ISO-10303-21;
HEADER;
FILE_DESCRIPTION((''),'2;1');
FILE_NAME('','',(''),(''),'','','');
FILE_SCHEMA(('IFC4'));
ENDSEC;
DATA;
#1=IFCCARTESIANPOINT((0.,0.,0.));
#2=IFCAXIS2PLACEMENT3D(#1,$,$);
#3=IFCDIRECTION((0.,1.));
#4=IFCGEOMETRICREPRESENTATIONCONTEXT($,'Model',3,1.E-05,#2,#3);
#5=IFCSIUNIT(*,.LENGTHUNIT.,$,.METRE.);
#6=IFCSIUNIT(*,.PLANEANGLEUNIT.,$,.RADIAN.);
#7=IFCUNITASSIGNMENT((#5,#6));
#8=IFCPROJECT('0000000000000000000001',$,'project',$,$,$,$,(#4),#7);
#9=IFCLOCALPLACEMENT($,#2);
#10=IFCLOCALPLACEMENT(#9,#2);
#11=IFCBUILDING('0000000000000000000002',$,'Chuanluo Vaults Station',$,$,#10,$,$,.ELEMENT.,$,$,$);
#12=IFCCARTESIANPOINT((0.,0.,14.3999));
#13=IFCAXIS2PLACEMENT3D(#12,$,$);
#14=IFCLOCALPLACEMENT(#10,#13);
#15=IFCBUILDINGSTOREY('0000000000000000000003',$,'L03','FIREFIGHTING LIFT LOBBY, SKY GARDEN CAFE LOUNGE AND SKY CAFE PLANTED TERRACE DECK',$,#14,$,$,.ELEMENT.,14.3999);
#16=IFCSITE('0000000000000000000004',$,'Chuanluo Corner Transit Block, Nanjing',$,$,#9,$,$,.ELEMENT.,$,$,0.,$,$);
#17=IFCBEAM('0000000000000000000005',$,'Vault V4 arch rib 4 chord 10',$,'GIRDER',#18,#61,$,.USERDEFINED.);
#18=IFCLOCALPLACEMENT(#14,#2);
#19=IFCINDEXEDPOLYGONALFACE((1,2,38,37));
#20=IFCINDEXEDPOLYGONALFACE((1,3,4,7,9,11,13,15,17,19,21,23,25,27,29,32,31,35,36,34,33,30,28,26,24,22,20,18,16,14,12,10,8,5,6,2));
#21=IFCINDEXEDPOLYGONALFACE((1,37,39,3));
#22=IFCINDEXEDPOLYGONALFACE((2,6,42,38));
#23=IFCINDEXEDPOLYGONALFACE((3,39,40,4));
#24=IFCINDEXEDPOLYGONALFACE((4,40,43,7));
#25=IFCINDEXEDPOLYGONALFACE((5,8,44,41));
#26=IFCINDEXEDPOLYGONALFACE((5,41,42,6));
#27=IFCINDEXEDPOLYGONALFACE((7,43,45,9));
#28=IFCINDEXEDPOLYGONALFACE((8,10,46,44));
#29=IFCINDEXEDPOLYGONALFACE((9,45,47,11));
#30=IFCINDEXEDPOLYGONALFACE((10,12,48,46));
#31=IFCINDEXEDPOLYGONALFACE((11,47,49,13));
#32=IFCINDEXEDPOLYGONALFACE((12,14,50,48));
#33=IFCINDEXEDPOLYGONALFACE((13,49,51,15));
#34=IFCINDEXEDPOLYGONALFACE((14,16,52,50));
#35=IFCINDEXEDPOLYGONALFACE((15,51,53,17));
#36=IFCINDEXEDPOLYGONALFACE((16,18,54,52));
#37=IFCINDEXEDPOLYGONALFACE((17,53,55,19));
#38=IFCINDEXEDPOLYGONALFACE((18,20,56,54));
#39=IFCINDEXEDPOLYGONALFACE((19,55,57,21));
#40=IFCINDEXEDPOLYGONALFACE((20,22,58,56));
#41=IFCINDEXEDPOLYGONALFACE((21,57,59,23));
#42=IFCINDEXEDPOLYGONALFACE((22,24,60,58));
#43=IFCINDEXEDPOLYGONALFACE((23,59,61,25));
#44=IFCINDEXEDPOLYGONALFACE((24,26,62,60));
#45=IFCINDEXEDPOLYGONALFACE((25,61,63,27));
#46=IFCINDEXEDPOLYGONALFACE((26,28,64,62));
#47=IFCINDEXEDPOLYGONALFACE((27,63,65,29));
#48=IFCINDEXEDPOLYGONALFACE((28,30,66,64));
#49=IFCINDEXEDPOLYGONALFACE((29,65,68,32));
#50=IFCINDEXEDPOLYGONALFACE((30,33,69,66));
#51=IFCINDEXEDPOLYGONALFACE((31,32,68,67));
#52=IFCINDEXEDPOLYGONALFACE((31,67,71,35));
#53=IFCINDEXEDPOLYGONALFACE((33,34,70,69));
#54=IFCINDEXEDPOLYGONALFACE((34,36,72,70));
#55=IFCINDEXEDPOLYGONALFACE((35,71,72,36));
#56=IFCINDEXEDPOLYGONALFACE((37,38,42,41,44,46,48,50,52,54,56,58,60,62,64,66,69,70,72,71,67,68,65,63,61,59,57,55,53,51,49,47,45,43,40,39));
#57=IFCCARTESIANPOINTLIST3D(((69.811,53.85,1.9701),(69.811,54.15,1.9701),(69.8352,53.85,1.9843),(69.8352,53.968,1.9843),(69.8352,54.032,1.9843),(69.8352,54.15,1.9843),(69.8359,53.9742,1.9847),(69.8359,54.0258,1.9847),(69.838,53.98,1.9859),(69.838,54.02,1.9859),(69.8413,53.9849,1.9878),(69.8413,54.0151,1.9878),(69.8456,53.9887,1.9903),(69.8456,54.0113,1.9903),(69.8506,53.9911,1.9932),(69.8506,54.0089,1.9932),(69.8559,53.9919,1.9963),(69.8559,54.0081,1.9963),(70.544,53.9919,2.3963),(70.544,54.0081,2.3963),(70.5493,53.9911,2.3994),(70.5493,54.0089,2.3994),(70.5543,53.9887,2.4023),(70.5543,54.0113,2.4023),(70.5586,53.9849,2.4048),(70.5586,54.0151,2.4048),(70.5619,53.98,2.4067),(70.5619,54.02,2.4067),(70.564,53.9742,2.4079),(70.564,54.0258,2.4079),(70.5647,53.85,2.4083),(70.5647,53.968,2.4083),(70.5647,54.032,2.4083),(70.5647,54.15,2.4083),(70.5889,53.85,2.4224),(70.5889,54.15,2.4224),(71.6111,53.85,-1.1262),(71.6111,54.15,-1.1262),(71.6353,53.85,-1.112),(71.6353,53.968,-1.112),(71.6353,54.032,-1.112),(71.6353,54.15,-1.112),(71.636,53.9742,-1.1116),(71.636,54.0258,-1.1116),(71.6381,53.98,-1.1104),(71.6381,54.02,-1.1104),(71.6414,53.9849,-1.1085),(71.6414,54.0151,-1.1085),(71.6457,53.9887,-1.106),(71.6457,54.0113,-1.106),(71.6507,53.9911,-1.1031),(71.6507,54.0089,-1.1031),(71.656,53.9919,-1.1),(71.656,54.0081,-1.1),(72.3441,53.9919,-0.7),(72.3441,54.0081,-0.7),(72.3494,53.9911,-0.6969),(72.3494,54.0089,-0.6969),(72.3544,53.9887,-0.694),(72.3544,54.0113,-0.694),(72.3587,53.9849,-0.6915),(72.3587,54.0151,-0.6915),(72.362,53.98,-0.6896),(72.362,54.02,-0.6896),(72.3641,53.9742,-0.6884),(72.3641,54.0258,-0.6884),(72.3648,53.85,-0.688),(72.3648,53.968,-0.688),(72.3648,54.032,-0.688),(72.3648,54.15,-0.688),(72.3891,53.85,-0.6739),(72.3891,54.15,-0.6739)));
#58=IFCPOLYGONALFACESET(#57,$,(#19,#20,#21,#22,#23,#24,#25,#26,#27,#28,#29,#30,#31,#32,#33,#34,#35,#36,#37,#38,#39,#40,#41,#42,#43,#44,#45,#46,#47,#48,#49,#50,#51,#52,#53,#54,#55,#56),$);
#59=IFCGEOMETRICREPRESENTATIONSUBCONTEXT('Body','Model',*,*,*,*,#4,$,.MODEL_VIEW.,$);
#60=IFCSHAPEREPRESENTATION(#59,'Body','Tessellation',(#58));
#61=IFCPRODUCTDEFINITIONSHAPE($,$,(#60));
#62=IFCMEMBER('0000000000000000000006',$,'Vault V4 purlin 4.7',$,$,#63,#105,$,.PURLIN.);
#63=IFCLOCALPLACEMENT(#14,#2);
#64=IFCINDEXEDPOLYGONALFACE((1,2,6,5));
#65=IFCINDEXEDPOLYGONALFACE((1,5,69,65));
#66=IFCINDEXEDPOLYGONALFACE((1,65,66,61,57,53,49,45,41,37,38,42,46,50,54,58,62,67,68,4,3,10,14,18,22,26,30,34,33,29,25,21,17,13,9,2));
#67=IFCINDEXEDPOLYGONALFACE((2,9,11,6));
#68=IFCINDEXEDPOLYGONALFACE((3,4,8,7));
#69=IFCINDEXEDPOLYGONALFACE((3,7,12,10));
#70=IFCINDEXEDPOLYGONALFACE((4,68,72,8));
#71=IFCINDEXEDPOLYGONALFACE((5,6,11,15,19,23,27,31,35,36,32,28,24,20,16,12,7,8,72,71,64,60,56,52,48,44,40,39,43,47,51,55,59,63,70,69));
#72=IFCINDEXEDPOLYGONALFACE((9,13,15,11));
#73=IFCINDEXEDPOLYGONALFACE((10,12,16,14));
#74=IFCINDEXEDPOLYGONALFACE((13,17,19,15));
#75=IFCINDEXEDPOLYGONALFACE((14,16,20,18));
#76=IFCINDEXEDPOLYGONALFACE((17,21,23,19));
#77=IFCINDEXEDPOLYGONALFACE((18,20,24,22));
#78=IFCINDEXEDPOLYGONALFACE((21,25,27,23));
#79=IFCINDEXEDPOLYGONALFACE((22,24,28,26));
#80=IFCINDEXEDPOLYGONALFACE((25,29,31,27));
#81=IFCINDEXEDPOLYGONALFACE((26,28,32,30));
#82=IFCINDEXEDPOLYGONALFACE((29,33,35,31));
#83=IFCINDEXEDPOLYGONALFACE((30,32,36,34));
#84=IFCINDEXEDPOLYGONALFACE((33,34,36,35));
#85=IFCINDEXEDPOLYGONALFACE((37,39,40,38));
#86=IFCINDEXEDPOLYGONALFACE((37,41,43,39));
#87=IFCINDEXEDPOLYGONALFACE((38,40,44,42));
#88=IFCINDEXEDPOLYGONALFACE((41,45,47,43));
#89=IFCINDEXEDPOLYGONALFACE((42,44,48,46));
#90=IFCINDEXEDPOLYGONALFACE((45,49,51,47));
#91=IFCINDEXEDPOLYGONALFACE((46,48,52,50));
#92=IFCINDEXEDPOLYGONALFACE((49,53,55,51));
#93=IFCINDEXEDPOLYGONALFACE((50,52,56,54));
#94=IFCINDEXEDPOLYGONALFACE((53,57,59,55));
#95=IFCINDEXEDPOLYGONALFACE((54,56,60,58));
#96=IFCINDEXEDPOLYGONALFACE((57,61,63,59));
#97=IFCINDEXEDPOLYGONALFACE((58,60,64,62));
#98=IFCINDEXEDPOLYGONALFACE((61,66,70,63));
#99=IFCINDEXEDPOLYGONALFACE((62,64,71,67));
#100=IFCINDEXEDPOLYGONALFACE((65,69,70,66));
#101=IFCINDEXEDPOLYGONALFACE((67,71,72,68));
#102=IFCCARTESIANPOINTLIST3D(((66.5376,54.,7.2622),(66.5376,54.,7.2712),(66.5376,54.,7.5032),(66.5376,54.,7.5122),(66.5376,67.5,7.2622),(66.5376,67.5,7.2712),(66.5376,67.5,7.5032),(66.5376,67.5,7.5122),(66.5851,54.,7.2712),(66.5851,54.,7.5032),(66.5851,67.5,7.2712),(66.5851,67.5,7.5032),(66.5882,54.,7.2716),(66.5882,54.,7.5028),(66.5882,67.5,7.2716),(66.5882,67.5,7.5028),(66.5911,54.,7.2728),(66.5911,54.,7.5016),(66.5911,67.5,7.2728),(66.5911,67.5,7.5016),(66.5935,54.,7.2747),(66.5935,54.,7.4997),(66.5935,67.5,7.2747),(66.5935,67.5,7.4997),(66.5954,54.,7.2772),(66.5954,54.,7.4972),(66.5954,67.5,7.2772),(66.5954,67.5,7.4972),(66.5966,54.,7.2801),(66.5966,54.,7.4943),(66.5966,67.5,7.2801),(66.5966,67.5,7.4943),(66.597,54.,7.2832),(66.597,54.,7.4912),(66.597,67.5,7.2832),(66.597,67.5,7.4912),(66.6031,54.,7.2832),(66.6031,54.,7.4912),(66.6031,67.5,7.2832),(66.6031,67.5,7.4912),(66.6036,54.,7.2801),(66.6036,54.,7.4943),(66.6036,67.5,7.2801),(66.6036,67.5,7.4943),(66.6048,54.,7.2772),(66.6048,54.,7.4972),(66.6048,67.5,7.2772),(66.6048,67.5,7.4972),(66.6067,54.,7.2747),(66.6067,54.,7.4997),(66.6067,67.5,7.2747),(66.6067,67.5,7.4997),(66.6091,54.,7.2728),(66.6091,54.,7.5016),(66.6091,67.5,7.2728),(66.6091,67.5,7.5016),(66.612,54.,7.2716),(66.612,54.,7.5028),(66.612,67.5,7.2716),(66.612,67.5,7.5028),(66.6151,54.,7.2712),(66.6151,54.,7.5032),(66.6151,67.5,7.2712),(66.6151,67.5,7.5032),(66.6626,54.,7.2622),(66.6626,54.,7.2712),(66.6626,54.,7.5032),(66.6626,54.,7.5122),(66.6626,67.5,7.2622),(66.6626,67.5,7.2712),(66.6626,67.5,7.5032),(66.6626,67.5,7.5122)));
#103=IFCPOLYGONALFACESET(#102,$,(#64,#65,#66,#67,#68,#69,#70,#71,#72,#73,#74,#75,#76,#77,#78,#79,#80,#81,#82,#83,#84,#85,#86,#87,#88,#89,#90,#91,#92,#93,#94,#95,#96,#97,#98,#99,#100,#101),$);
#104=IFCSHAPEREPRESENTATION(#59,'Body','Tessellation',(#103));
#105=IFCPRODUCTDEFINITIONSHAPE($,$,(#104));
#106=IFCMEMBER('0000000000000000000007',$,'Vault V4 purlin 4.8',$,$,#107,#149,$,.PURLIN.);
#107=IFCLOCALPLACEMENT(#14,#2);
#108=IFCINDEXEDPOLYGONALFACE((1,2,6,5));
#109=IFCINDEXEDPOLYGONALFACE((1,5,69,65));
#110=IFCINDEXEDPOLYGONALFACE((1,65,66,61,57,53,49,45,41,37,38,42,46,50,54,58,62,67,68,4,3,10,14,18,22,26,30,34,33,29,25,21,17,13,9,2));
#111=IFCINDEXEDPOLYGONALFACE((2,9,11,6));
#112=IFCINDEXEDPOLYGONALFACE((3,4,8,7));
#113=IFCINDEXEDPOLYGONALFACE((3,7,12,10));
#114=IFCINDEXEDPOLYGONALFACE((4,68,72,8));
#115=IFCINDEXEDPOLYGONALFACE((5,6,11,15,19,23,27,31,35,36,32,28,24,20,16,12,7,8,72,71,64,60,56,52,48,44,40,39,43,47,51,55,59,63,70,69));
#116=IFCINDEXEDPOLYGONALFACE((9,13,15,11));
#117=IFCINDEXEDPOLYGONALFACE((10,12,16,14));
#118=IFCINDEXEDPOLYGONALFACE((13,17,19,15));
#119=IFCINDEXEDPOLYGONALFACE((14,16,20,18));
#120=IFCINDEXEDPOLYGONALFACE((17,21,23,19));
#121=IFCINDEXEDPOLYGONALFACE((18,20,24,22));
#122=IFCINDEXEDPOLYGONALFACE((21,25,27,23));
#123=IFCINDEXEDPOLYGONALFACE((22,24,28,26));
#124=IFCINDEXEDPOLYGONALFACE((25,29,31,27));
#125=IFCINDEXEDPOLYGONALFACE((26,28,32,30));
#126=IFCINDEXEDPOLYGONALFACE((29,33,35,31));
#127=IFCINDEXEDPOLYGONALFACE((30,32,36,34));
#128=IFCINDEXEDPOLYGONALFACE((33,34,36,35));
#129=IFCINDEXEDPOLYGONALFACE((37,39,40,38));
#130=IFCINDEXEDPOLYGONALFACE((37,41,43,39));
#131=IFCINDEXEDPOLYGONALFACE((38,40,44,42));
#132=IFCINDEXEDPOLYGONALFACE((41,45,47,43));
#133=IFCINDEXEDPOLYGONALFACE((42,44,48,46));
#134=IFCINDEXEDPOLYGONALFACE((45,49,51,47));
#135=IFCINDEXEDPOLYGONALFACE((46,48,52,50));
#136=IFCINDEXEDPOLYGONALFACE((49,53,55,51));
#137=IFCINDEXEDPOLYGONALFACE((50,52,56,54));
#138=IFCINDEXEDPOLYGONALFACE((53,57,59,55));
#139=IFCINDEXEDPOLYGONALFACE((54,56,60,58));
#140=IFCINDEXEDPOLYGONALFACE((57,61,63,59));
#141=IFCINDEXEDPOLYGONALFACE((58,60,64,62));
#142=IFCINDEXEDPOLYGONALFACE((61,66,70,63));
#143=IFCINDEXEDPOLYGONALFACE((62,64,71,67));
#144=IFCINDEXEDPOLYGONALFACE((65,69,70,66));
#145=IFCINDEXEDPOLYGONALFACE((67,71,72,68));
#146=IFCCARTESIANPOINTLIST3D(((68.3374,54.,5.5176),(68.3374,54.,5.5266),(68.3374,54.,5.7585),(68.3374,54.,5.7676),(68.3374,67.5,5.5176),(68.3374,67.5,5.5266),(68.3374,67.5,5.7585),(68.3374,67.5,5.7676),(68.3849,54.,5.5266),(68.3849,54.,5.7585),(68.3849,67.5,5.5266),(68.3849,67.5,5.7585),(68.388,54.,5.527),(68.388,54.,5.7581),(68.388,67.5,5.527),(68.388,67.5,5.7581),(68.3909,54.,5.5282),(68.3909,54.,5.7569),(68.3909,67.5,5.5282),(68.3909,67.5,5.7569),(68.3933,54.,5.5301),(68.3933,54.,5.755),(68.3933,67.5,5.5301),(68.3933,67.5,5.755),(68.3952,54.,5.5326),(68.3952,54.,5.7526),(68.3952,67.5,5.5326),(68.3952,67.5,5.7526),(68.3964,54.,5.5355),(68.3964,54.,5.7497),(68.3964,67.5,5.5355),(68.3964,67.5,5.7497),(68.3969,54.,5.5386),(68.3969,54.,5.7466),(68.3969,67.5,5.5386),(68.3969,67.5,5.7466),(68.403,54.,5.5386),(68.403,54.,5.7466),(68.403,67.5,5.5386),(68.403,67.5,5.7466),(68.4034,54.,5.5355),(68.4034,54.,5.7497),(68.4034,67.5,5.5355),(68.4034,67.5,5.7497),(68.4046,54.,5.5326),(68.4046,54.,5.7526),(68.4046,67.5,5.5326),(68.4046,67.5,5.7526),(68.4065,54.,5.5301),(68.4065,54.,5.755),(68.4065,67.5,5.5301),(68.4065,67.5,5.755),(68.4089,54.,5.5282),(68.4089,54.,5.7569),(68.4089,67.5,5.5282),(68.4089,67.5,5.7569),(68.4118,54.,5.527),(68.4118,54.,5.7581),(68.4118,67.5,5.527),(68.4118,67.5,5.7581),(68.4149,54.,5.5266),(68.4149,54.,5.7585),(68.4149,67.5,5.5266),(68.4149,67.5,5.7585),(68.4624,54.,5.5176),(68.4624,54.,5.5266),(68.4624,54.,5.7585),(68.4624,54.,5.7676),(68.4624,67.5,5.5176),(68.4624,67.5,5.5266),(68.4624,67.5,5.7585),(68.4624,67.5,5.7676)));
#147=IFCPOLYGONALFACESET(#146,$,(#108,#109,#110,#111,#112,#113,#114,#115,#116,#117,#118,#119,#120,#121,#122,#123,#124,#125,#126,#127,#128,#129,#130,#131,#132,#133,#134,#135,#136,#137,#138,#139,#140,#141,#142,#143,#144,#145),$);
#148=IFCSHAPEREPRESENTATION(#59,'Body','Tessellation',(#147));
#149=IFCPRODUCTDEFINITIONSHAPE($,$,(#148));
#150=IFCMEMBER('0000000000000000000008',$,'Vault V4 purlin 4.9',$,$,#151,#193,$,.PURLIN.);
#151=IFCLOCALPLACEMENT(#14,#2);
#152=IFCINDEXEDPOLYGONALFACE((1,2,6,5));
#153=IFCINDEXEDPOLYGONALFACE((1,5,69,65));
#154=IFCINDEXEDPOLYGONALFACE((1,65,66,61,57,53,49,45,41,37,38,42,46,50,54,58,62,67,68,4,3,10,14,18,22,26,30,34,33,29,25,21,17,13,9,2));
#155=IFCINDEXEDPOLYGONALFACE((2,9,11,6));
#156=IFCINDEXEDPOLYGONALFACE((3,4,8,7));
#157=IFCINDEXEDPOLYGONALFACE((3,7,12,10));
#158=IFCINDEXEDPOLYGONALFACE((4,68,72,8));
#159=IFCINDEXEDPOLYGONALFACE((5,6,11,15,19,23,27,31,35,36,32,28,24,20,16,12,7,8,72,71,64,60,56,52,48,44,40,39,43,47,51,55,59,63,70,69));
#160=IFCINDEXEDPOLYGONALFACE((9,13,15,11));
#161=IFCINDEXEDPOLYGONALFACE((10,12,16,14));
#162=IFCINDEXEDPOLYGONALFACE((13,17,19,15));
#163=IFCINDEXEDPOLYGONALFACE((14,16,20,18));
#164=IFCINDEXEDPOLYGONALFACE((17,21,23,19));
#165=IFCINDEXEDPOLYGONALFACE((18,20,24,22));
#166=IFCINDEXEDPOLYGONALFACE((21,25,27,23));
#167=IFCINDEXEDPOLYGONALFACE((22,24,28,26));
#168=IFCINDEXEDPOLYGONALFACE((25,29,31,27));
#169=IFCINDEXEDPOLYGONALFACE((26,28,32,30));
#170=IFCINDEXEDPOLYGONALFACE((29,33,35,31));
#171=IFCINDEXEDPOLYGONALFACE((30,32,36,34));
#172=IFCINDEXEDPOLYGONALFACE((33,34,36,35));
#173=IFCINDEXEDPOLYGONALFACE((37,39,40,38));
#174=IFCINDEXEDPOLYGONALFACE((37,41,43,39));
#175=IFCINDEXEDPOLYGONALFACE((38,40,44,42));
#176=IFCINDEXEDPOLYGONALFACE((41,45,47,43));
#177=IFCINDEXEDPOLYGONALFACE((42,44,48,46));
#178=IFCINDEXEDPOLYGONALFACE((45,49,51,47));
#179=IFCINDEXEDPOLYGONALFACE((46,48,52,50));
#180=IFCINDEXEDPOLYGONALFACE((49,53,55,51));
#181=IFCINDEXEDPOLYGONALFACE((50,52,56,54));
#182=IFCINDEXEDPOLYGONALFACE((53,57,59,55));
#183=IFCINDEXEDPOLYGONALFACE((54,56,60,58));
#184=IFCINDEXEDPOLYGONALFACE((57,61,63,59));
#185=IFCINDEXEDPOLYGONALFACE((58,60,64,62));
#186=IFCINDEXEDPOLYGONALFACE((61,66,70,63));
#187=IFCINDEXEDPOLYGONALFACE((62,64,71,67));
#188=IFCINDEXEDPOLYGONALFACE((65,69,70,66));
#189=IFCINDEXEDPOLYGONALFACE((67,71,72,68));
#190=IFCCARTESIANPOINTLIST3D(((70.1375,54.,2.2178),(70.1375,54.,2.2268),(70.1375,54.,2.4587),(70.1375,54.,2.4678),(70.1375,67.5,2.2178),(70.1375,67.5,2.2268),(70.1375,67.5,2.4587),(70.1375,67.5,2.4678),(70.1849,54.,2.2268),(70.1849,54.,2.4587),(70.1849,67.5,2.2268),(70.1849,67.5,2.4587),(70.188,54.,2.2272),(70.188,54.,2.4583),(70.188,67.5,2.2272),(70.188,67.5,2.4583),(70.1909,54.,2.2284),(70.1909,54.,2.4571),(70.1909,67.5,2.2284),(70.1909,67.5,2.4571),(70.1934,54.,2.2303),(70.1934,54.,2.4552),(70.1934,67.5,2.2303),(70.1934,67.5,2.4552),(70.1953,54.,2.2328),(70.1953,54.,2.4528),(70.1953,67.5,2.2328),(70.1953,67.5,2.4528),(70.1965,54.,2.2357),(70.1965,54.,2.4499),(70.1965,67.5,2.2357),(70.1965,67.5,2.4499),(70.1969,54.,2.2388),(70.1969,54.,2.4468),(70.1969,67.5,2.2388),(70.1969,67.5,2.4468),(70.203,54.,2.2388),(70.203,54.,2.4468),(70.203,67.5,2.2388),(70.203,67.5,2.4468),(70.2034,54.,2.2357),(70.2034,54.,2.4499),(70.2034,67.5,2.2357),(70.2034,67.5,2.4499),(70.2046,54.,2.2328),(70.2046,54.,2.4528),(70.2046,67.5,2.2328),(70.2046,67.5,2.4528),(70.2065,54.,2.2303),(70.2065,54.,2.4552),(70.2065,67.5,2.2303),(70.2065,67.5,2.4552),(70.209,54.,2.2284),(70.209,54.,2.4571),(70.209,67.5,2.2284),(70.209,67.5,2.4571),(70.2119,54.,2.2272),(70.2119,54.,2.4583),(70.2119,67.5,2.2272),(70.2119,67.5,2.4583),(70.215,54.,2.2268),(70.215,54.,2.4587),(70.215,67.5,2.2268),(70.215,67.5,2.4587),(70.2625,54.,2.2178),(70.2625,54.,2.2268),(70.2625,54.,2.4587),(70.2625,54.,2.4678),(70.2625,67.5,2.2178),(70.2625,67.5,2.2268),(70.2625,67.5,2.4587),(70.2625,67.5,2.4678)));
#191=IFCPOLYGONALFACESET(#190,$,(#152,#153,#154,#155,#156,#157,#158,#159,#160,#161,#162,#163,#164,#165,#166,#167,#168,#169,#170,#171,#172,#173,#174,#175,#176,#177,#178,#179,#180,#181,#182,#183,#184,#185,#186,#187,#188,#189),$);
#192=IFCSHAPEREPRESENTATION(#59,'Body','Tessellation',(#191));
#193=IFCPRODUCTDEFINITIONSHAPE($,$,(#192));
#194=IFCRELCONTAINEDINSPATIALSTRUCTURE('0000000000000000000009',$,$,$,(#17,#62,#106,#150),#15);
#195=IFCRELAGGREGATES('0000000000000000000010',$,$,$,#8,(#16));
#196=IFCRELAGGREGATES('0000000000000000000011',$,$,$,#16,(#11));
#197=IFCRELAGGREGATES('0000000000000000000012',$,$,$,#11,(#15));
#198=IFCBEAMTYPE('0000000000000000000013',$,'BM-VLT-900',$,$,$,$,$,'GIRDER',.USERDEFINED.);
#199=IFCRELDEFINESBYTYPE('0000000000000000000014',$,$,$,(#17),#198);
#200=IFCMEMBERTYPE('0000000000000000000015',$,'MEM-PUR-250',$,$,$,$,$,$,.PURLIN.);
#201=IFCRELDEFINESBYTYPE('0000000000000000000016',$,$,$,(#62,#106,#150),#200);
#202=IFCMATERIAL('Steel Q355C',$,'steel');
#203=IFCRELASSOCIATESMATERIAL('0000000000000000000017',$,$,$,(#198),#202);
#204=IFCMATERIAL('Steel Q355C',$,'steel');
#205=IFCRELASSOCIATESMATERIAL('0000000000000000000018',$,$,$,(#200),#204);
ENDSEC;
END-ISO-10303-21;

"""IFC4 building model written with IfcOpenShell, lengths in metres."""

from ifc_helpers import new_model, si_unit, direction, frame, origin, origin_2d, place, context, subcontext, project, spatial, i_section, extrude, material, material_profile, profile_set, type_object, element, save


model = new_model("IFC4")

# Units and contexts
model_context = context("Model", 3, precision=1e-05, world=origin(), true_north=direction((0.0, 1.0)))
body_context = subcontext(model_context, "Body", "Model", "MODEL_VIEW")
ifc_project = project(units=[si_unit("LENGTHUNIT", "METRE"), si_unit("PLANEANGLEUNIT", "RADIAN")], contexts=[model_context])

# Site, building, storey
site_placement = place(None, origin())
site = spatial("IfcSite", under=ifc_project, at=site_placement, Name="Chuanluo Corner Transit Block, Nanjing", CompositionType="ELEMENT", RefElevation=0.0)
building_placement = place(site_placement, origin())
building = spatial("IfcBuilding", under=site, at=building_placement, Name="Chuanluo Vaults Station", CompositionType="ELEMENT")
storey_placement = place(building_placement, frame((0.0, 0.0, 14.3999)))
storey = spatial("IfcBuildingStorey", under=building, at=storey_placement, Name="L03", Description="FIREFIGHTING LIFT LOBBY, SKY GARDEN CAFE LOUNGE AND SKY CAFE PLANTED TERRACE DECK", CompositionType="ELEMENT", Elevation=14.3999)

# Beam
ifc_material_1 = material(Name="Steel Q355C", Category="steel")
ifc_material_profile_1 = material_profile(ifc_material_1, i_section(OverallWidth=0.3, OverallDepth=0.8999, WebThickness=0.0161, FlangeThickness=0.0281, FilletRadius=0.0239, at=origin_2d()))
ifc_profile_set_1 = profile_set([ifc_material_profile_1], Name="Steel Q355C")
beam_type_1 = type_object("IfcBeamType", Name="BM-VLT-900", ElementType="GIRDER", PredefinedType="USERDEFINED", material=ifc_profile_set_1)
beam_1_placement = place(storey_placement, frame((70.2, 54.0, 2.1963), z_axis=(0.502607, 0.0, -0.864515), x_axis=(0.0, 1.0, 0.0)))
element("IfcBeam", 1, at=beam_1_placement, inside=storey, type_object=beam_type_1, Name="Vault V4 arch rib 4 chord 10", ObjectType="GIRDER", PredefinedType="USERDEFINED", context=body_context, shape_type="SweptSolid", body=[
    extrude(i_section(OverallWidth=0.3, OverallDepth=0.8999, WebThickness=0.0161, FlangeThickness=0.0281, FilletRadius=0.0239, at=origin_2d()), origin(), (0.0, 0.0, 1.0), 3.5815),
])

# Members
ifc_material_2 = material(Name="Steel Q355C", Category="steel")
ifc_material_profile_2 = material_profile(ifc_material_2, i_section(OverallWidth=0.125, OverallDepth=0.25, WebThickness=0.0061, FlangeThickness=0.009, FilletRadius=0.012, at=origin_2d()))
ifc_profile_set_2 = profile_set([ifc_material_profile_2], Name="Steel Q355C")
member_type_1 = type_object("IfcMemberType", Name="MEM-PUR-250", PredefinedType="PURLIN", material=ifc_profile_set_2)
for number, where, z_axis, x_axis, name in (
    (2, (66.6001, 54.0, 7.3872), (0.0, 1.0, 0.0), (-1.0, 0.0, 0.0), "Vault V4 purlin 4.7"),
    (3, (68.3999, 54.0, 5.6426), (0.0, 1.0, 0.0), (-1.0, 0.0, 0.0), "Vault V4 purlin 4.8"),
    (4, (70.2, 54.0, 2.3428), (0.0, 1.0, 0.0), (-1.0, 0.0, 0.0), "Vault V4 purlin 4.9"),
):
    element("IfcMember", number, at=place(storey_placement, frame(where, z_axis=z_axis, x_axis=x_axis)), inside=storey, type_object=member_type_1, Name=name, PredefinedType="PURLIN", context=body_context, shape_type="SweptSolid", body=[
        extrude(i_section(OverallWidth=0.125, OverallDepth=0.25, WebThickness=0.0061, FlangeThickness=0.009, FilletRadius=0.012, at=origin_2d()), origin(), (0.0, 0.0, 1.0), 13.5),
    ])

save(model, "model.ifc")
